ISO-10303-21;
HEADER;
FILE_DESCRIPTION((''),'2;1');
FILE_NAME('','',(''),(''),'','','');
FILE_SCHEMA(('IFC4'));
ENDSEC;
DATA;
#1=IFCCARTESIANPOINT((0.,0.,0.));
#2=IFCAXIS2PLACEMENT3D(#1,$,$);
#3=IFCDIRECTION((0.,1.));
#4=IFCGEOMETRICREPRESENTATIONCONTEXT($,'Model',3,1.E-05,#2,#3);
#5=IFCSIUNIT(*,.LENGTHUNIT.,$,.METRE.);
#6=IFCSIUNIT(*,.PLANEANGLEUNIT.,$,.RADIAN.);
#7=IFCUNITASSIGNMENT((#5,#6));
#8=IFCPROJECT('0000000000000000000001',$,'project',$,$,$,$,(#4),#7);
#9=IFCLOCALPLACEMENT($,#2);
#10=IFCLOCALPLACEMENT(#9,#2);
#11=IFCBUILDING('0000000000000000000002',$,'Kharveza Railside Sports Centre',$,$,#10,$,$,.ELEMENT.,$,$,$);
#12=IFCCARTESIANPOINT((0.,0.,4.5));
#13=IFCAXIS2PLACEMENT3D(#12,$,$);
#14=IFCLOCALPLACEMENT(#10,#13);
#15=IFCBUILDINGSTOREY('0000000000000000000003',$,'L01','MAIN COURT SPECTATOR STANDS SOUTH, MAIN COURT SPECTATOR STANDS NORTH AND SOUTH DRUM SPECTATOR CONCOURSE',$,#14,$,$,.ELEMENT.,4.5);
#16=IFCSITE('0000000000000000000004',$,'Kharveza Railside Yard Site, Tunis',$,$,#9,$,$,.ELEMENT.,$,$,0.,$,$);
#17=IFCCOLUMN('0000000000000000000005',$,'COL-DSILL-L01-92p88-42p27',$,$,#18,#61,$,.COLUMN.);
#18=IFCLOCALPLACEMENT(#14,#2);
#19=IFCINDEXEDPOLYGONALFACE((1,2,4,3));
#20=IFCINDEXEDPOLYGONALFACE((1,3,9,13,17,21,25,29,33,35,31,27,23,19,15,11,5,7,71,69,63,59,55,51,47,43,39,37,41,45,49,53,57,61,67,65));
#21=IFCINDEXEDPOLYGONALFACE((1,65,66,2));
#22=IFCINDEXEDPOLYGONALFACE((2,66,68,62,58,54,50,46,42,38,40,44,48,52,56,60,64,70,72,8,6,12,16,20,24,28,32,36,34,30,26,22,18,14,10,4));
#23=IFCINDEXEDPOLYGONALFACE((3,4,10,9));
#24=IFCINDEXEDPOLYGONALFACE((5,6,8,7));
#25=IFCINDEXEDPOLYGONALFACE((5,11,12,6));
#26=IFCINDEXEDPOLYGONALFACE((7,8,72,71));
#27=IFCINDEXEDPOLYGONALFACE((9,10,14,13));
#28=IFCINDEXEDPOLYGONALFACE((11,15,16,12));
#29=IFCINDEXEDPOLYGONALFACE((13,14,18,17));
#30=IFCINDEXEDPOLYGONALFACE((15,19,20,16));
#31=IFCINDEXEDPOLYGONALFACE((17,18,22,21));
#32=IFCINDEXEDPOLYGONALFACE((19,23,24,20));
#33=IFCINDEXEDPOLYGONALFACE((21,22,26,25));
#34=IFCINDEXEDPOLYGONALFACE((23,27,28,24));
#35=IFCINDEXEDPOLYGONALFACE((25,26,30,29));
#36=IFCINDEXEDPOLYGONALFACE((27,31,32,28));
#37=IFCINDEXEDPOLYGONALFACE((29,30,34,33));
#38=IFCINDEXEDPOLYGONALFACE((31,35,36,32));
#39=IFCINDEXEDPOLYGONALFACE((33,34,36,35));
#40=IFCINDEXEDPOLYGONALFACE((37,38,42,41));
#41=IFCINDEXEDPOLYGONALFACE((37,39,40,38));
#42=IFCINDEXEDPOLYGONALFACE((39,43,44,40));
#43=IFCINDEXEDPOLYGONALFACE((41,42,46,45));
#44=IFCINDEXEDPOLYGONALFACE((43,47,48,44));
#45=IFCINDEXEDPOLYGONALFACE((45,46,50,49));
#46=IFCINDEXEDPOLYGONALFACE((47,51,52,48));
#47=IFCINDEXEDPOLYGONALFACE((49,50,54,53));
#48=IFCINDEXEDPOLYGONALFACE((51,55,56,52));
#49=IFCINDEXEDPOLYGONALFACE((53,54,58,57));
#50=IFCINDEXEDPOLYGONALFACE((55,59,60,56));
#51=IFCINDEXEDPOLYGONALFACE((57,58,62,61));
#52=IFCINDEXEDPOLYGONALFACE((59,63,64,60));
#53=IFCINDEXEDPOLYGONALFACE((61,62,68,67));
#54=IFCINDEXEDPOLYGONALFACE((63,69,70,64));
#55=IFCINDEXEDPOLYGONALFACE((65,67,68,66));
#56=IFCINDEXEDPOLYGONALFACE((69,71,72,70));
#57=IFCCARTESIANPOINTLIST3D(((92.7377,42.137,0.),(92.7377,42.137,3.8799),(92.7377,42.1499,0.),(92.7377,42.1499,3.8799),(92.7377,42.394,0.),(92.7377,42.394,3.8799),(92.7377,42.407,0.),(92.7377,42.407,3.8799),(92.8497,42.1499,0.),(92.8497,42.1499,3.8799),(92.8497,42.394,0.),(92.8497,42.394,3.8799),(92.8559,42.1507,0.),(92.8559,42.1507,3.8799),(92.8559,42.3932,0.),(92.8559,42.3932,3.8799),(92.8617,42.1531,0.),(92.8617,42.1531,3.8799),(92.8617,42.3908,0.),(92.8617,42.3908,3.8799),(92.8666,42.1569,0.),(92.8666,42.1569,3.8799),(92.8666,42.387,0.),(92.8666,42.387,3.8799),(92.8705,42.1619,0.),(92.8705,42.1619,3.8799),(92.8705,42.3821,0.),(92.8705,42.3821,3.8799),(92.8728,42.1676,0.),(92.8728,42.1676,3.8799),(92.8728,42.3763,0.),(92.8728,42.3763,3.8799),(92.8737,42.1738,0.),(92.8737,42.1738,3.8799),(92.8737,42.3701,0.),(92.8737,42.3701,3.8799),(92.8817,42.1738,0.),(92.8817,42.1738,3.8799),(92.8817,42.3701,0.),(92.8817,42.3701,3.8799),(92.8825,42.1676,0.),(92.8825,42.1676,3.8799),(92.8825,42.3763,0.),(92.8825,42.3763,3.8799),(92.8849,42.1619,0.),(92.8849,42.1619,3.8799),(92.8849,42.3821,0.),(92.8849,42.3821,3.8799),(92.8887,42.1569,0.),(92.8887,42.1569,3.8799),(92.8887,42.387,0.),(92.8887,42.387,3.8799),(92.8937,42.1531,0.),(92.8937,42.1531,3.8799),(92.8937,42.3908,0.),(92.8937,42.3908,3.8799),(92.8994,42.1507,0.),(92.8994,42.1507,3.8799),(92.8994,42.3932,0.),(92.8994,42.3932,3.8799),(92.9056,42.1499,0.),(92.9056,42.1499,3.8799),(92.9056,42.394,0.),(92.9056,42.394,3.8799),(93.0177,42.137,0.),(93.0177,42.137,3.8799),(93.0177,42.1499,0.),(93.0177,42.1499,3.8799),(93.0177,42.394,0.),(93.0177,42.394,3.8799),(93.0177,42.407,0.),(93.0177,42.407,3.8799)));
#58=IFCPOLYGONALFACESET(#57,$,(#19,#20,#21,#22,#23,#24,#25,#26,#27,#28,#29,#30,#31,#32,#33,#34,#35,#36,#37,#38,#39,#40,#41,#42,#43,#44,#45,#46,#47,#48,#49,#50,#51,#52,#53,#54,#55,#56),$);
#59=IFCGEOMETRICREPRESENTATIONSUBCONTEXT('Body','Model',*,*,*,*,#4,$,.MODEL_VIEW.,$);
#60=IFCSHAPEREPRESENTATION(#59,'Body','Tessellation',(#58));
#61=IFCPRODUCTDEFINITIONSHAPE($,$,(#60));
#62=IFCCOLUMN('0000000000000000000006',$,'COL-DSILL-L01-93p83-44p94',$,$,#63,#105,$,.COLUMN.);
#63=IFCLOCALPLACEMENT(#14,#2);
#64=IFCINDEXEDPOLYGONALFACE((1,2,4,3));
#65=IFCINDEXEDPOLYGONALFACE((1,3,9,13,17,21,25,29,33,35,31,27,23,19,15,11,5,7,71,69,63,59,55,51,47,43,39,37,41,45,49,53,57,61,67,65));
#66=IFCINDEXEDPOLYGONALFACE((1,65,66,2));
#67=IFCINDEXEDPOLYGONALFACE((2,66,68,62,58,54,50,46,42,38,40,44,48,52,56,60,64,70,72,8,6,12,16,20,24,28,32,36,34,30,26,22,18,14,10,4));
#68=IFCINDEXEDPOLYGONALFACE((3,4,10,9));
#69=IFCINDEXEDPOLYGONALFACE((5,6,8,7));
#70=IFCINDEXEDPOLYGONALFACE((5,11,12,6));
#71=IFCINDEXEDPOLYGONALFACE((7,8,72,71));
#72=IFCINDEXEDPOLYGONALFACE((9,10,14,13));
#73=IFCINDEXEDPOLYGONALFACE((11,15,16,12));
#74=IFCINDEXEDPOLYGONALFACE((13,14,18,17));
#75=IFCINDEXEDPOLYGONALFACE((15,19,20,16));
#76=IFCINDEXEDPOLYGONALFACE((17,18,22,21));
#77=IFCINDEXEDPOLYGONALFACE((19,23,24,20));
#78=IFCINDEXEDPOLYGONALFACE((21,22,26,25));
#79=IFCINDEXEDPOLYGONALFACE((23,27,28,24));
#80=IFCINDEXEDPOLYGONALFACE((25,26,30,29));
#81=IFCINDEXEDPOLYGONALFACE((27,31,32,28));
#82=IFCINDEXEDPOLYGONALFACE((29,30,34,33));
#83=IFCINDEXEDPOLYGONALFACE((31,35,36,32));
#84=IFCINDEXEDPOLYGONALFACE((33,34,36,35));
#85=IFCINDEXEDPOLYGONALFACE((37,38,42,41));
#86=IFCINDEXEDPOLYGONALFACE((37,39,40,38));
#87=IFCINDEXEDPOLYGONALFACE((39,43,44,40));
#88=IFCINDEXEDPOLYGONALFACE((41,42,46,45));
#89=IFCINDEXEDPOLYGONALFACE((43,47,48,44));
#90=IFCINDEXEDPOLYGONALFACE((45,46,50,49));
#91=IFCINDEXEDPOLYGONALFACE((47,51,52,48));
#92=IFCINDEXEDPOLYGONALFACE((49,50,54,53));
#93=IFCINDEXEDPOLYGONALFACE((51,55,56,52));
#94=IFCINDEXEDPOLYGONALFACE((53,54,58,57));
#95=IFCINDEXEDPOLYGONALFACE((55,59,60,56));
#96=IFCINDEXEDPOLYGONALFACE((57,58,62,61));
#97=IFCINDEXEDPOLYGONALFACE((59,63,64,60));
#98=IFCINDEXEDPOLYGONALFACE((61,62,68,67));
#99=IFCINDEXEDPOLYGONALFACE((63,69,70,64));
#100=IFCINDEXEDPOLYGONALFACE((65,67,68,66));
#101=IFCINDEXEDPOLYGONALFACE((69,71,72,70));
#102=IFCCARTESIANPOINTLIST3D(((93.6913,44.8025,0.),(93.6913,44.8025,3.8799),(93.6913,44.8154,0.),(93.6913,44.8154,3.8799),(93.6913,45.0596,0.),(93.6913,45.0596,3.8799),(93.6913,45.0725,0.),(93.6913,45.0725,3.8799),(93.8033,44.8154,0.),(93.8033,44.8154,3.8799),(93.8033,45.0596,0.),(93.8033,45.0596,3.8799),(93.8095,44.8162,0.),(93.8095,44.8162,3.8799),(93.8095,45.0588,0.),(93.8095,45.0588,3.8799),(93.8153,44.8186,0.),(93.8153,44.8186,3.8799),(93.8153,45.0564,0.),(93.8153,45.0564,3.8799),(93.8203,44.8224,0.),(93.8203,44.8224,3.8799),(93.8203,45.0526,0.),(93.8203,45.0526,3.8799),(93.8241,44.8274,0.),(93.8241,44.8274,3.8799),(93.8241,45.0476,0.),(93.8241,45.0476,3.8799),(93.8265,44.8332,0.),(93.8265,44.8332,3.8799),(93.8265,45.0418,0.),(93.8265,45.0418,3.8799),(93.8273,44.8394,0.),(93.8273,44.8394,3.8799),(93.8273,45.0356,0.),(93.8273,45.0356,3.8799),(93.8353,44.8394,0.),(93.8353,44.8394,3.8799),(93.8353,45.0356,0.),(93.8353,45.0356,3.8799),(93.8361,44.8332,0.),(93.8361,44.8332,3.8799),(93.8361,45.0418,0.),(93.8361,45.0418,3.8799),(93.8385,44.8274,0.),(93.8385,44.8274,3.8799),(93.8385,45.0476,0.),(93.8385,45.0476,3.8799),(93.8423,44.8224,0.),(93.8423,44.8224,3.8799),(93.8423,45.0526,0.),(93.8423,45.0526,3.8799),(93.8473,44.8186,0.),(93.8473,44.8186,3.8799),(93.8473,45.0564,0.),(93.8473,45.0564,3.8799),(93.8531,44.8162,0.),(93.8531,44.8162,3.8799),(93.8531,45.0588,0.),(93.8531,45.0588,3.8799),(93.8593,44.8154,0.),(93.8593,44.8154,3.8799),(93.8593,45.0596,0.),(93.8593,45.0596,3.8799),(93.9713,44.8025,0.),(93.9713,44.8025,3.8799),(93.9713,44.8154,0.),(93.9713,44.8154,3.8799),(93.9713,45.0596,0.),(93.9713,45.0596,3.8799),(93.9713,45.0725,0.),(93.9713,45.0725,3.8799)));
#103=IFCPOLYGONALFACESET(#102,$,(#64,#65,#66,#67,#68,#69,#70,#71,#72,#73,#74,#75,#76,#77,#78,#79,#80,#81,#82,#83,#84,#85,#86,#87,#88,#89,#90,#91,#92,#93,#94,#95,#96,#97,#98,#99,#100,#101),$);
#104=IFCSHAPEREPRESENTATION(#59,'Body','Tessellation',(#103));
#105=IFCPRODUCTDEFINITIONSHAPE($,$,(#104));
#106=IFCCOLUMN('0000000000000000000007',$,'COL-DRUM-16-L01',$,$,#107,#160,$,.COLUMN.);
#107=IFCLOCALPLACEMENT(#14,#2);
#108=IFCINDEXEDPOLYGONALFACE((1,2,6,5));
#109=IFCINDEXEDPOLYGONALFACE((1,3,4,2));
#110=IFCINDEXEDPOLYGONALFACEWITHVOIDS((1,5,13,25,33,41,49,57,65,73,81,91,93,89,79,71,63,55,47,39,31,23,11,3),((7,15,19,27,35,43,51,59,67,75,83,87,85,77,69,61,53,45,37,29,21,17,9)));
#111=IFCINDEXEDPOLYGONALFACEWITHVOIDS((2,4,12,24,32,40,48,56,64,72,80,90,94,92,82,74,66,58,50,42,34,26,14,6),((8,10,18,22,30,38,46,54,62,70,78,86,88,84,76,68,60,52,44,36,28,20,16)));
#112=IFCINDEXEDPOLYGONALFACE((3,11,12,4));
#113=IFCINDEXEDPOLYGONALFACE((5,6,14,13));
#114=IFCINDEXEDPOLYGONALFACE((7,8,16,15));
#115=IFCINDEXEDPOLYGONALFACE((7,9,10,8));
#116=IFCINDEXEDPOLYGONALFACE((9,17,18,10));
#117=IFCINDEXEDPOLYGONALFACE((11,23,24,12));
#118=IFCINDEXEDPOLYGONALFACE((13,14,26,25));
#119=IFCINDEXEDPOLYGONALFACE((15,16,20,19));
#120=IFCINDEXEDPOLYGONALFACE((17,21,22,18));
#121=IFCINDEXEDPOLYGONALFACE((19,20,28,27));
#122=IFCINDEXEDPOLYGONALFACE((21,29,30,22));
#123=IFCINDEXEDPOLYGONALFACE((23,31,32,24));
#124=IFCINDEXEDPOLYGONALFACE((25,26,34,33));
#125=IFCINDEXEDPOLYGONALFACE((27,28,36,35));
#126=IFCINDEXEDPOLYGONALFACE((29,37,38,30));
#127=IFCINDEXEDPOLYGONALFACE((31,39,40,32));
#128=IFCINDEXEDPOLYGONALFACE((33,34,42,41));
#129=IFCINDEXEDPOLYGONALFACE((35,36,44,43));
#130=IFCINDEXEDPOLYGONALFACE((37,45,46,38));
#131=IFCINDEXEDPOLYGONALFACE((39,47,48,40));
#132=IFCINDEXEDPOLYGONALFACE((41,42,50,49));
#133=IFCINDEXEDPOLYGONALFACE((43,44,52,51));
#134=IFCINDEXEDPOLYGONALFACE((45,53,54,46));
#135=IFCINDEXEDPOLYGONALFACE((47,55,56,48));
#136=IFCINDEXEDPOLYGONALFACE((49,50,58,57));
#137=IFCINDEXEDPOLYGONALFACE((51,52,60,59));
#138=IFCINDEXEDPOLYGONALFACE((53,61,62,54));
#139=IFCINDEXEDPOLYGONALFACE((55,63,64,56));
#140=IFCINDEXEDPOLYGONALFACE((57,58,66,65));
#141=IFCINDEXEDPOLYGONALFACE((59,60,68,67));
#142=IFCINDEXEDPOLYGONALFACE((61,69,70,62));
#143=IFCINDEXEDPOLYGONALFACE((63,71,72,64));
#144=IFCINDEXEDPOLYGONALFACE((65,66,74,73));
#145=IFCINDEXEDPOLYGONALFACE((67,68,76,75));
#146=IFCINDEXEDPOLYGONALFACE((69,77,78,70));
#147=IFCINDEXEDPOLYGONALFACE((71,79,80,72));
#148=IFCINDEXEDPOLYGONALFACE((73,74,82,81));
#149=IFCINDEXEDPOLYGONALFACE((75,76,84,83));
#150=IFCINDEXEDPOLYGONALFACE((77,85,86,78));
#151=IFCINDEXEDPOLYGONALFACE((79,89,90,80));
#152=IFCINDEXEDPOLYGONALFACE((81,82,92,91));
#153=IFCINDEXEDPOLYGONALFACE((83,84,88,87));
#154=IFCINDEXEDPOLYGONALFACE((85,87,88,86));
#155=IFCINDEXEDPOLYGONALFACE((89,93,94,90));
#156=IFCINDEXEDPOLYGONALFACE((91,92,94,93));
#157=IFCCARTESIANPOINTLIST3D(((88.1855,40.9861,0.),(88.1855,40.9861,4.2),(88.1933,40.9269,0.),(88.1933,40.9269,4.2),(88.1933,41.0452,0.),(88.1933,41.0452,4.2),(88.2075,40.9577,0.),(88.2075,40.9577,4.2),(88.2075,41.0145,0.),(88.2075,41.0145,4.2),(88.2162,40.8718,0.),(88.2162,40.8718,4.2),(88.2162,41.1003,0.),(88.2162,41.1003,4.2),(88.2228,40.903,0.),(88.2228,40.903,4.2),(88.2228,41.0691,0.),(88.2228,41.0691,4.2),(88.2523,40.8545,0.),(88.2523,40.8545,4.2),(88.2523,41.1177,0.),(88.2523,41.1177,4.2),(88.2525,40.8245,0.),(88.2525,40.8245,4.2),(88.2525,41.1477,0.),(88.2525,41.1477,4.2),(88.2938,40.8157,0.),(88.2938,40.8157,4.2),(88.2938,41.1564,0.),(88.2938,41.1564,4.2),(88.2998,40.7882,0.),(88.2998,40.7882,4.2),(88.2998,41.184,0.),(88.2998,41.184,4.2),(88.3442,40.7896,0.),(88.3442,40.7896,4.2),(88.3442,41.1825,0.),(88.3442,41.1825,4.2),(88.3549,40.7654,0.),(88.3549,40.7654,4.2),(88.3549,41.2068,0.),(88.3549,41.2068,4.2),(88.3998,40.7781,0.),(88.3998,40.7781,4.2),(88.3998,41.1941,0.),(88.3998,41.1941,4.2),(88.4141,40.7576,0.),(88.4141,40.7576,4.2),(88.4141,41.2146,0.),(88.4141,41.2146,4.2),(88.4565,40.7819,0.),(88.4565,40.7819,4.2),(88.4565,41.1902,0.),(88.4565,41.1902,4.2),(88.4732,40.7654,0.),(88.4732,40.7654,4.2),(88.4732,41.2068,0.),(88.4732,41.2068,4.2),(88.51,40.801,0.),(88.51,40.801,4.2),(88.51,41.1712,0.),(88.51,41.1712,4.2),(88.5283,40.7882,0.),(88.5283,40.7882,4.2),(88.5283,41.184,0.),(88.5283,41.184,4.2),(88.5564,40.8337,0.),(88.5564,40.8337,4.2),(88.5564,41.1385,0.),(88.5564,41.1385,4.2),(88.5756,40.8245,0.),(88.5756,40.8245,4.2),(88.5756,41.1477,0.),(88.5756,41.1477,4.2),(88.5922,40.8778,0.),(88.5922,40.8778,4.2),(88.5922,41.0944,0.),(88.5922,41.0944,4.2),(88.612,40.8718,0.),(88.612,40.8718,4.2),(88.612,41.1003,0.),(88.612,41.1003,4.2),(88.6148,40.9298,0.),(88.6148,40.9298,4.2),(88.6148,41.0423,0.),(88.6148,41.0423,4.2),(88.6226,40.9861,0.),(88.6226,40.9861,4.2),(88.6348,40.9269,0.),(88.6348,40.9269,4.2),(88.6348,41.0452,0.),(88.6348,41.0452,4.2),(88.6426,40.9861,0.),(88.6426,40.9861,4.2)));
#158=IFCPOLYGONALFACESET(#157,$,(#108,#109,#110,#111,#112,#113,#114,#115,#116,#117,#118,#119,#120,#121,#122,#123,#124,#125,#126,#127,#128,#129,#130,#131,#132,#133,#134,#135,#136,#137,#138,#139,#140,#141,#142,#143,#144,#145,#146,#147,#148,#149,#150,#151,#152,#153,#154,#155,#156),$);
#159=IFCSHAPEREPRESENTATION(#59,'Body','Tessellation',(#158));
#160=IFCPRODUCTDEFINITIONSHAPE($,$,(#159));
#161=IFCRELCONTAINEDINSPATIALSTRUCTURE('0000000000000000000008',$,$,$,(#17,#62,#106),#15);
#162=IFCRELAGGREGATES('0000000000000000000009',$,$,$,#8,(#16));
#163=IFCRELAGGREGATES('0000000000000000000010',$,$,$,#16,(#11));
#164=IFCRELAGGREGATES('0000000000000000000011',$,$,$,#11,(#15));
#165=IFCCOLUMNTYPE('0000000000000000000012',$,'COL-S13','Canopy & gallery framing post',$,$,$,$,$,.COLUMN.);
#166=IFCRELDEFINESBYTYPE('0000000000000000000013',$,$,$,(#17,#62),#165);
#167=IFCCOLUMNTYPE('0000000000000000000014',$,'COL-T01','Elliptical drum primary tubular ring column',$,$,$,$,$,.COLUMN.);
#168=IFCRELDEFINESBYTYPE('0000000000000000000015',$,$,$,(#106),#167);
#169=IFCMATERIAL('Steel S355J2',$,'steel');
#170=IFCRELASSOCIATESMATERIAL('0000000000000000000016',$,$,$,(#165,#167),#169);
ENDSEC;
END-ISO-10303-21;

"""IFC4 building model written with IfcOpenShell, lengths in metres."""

from ifc_helpers import new_model, si_unit, direction, frame, origin, origin_2d, place, context, subcontext, project, spatial, hollow_circle, i_section, extrude, material, material_profile, profile_set, type_object, element, save


model = new_model("IFC4")

# Units and contexts
model_context = context("Model", 3, precision=1e-05, world=origin(), true_north=direction((0.0, 1.0)))
body_context = subcontext(model_context, "Body", "Model", "MODEL_VIEW")
ifc_project = project(units=[si_unit("LENGTHUNIT", "METRE"), si_unit("PLANEANGLEUNIT", "RADIAN")], contexts=[model_context])

# Site, building, storey
site_placement = place(None, origin())
site = spatial("IfcSite", under=ifc_project, at=site_placement, Name="Kharveza Railside Yard Site, Tunis", CompositionType="ELEMENT", RefElevation=0.0)
building_placement = place(site_placement, origin())
building = spatial("IfcBuilding", under=site, at=building_placement, Name="Kharveza Railside Sports Centre", CompositionType="ELEMENT")
storey_placement = place(building_placement, frame((0.0, 0.0, 4.5)))
storey = spatial("IfcBuildingStorey", under=building, at=storey_placement, Name="L01", Description="MAIN COURT SPECTATOR STANDS SOUTH, MAIN COURT SPECTATOR STANDS NORTH AND SOUTH DRUM SPECTATOR CONCOURSE", CompositionType="ELEMENT", Elevation=4.5)

# Columns
ifc_material_1 = material(Name="Steel S355J2", Category="steel")
ifc_material_profile_1 = material_profile(ifc_material_1, i_section(OverallWidth=0.28, OverallDepth=0.27, WebThickness=0.0081, FlangeThickness=0.0129, FilletRadius=0.0239, at=origin_2d()), Name="HEA 280")
ifc_profile_set_1 = profile_set([ifc_material_profile_1], Name="Steel S355J2")
column_type_1 = type_object("IfcColumnType", Name="COL-S13", Description="Canopy & gallery framing post", PredefinedType="COLUMN", material=ifc_profile_set_1)
for number, where, z_axis, x_axis, name in (
    (1, (92.8777, 42.272, 0.0), (0.0, 0.0, 1.0), (1.0, 0.0, 0.0), "COL-DSILL-L01-92p88-42p27"),
    (2, (93.8313, 44.9375, 0.0), (0.0, 0.0, 1.0), (1.0, 0.0, 0.0), "COL-DSILL-L01-93p83-44p94"),
):
    element("IfcColumn", number, at=place(storey_placement, frame(where, z_axis=z_axis, x_axis=x_axis)), inside=storey, type_object=column_type_1, Name=name, PredefinedType="COLUMN", context=body_context, shape_type="SweptSolid", body=[
        extrude(i_section(OverallWidth=0.28, OverallDepth=0.27, WebThickness=0.0081, FlangeThickness=0.0129, FilletRadius=0.0239, at=origin_2d()), origin(), (0.0, 0.0, 1.0), 3.8799),
    ])
ifc_material_profile_2 = material_profile(ifc_material_1, hollow_circle(Radius=0.2285, WallThickness=0.02, at=origin_2d()), Name="CHS 457.0x20.0")
ifc_profile_set_2 = profile_set([ifc_material_profile_2], Name="Steel S355J2")
column_type_2 = type_object("IfcColumnType", Name="COL-T01", Description="Elliptical drum primary tubular ring column", PredefinedType="COLUMN", material=ifc_profile_set_2)
column_placement = place(storey_placement, frame((88.4141, 40.9861, 0.0), z_axis=(0.0, 0.0, 1.0), x_axis=(1.0, 0.0, 0.0)))
element("IfcColumn", 3, at=column_placement, inside=storey, type_object=column_type_2, Name="COL-DRUM-16-L01", PredefinedType="COLUMN", context=body_context, shape_type="SweptSolid", body=[
    extrude(hollow_circle(Radius=0.2285, WallThickness=0.02, at=origin_2d()), origin(), (0.0, 0.0, 1.0), 4.2),
])

save(model, "model.ifc")
